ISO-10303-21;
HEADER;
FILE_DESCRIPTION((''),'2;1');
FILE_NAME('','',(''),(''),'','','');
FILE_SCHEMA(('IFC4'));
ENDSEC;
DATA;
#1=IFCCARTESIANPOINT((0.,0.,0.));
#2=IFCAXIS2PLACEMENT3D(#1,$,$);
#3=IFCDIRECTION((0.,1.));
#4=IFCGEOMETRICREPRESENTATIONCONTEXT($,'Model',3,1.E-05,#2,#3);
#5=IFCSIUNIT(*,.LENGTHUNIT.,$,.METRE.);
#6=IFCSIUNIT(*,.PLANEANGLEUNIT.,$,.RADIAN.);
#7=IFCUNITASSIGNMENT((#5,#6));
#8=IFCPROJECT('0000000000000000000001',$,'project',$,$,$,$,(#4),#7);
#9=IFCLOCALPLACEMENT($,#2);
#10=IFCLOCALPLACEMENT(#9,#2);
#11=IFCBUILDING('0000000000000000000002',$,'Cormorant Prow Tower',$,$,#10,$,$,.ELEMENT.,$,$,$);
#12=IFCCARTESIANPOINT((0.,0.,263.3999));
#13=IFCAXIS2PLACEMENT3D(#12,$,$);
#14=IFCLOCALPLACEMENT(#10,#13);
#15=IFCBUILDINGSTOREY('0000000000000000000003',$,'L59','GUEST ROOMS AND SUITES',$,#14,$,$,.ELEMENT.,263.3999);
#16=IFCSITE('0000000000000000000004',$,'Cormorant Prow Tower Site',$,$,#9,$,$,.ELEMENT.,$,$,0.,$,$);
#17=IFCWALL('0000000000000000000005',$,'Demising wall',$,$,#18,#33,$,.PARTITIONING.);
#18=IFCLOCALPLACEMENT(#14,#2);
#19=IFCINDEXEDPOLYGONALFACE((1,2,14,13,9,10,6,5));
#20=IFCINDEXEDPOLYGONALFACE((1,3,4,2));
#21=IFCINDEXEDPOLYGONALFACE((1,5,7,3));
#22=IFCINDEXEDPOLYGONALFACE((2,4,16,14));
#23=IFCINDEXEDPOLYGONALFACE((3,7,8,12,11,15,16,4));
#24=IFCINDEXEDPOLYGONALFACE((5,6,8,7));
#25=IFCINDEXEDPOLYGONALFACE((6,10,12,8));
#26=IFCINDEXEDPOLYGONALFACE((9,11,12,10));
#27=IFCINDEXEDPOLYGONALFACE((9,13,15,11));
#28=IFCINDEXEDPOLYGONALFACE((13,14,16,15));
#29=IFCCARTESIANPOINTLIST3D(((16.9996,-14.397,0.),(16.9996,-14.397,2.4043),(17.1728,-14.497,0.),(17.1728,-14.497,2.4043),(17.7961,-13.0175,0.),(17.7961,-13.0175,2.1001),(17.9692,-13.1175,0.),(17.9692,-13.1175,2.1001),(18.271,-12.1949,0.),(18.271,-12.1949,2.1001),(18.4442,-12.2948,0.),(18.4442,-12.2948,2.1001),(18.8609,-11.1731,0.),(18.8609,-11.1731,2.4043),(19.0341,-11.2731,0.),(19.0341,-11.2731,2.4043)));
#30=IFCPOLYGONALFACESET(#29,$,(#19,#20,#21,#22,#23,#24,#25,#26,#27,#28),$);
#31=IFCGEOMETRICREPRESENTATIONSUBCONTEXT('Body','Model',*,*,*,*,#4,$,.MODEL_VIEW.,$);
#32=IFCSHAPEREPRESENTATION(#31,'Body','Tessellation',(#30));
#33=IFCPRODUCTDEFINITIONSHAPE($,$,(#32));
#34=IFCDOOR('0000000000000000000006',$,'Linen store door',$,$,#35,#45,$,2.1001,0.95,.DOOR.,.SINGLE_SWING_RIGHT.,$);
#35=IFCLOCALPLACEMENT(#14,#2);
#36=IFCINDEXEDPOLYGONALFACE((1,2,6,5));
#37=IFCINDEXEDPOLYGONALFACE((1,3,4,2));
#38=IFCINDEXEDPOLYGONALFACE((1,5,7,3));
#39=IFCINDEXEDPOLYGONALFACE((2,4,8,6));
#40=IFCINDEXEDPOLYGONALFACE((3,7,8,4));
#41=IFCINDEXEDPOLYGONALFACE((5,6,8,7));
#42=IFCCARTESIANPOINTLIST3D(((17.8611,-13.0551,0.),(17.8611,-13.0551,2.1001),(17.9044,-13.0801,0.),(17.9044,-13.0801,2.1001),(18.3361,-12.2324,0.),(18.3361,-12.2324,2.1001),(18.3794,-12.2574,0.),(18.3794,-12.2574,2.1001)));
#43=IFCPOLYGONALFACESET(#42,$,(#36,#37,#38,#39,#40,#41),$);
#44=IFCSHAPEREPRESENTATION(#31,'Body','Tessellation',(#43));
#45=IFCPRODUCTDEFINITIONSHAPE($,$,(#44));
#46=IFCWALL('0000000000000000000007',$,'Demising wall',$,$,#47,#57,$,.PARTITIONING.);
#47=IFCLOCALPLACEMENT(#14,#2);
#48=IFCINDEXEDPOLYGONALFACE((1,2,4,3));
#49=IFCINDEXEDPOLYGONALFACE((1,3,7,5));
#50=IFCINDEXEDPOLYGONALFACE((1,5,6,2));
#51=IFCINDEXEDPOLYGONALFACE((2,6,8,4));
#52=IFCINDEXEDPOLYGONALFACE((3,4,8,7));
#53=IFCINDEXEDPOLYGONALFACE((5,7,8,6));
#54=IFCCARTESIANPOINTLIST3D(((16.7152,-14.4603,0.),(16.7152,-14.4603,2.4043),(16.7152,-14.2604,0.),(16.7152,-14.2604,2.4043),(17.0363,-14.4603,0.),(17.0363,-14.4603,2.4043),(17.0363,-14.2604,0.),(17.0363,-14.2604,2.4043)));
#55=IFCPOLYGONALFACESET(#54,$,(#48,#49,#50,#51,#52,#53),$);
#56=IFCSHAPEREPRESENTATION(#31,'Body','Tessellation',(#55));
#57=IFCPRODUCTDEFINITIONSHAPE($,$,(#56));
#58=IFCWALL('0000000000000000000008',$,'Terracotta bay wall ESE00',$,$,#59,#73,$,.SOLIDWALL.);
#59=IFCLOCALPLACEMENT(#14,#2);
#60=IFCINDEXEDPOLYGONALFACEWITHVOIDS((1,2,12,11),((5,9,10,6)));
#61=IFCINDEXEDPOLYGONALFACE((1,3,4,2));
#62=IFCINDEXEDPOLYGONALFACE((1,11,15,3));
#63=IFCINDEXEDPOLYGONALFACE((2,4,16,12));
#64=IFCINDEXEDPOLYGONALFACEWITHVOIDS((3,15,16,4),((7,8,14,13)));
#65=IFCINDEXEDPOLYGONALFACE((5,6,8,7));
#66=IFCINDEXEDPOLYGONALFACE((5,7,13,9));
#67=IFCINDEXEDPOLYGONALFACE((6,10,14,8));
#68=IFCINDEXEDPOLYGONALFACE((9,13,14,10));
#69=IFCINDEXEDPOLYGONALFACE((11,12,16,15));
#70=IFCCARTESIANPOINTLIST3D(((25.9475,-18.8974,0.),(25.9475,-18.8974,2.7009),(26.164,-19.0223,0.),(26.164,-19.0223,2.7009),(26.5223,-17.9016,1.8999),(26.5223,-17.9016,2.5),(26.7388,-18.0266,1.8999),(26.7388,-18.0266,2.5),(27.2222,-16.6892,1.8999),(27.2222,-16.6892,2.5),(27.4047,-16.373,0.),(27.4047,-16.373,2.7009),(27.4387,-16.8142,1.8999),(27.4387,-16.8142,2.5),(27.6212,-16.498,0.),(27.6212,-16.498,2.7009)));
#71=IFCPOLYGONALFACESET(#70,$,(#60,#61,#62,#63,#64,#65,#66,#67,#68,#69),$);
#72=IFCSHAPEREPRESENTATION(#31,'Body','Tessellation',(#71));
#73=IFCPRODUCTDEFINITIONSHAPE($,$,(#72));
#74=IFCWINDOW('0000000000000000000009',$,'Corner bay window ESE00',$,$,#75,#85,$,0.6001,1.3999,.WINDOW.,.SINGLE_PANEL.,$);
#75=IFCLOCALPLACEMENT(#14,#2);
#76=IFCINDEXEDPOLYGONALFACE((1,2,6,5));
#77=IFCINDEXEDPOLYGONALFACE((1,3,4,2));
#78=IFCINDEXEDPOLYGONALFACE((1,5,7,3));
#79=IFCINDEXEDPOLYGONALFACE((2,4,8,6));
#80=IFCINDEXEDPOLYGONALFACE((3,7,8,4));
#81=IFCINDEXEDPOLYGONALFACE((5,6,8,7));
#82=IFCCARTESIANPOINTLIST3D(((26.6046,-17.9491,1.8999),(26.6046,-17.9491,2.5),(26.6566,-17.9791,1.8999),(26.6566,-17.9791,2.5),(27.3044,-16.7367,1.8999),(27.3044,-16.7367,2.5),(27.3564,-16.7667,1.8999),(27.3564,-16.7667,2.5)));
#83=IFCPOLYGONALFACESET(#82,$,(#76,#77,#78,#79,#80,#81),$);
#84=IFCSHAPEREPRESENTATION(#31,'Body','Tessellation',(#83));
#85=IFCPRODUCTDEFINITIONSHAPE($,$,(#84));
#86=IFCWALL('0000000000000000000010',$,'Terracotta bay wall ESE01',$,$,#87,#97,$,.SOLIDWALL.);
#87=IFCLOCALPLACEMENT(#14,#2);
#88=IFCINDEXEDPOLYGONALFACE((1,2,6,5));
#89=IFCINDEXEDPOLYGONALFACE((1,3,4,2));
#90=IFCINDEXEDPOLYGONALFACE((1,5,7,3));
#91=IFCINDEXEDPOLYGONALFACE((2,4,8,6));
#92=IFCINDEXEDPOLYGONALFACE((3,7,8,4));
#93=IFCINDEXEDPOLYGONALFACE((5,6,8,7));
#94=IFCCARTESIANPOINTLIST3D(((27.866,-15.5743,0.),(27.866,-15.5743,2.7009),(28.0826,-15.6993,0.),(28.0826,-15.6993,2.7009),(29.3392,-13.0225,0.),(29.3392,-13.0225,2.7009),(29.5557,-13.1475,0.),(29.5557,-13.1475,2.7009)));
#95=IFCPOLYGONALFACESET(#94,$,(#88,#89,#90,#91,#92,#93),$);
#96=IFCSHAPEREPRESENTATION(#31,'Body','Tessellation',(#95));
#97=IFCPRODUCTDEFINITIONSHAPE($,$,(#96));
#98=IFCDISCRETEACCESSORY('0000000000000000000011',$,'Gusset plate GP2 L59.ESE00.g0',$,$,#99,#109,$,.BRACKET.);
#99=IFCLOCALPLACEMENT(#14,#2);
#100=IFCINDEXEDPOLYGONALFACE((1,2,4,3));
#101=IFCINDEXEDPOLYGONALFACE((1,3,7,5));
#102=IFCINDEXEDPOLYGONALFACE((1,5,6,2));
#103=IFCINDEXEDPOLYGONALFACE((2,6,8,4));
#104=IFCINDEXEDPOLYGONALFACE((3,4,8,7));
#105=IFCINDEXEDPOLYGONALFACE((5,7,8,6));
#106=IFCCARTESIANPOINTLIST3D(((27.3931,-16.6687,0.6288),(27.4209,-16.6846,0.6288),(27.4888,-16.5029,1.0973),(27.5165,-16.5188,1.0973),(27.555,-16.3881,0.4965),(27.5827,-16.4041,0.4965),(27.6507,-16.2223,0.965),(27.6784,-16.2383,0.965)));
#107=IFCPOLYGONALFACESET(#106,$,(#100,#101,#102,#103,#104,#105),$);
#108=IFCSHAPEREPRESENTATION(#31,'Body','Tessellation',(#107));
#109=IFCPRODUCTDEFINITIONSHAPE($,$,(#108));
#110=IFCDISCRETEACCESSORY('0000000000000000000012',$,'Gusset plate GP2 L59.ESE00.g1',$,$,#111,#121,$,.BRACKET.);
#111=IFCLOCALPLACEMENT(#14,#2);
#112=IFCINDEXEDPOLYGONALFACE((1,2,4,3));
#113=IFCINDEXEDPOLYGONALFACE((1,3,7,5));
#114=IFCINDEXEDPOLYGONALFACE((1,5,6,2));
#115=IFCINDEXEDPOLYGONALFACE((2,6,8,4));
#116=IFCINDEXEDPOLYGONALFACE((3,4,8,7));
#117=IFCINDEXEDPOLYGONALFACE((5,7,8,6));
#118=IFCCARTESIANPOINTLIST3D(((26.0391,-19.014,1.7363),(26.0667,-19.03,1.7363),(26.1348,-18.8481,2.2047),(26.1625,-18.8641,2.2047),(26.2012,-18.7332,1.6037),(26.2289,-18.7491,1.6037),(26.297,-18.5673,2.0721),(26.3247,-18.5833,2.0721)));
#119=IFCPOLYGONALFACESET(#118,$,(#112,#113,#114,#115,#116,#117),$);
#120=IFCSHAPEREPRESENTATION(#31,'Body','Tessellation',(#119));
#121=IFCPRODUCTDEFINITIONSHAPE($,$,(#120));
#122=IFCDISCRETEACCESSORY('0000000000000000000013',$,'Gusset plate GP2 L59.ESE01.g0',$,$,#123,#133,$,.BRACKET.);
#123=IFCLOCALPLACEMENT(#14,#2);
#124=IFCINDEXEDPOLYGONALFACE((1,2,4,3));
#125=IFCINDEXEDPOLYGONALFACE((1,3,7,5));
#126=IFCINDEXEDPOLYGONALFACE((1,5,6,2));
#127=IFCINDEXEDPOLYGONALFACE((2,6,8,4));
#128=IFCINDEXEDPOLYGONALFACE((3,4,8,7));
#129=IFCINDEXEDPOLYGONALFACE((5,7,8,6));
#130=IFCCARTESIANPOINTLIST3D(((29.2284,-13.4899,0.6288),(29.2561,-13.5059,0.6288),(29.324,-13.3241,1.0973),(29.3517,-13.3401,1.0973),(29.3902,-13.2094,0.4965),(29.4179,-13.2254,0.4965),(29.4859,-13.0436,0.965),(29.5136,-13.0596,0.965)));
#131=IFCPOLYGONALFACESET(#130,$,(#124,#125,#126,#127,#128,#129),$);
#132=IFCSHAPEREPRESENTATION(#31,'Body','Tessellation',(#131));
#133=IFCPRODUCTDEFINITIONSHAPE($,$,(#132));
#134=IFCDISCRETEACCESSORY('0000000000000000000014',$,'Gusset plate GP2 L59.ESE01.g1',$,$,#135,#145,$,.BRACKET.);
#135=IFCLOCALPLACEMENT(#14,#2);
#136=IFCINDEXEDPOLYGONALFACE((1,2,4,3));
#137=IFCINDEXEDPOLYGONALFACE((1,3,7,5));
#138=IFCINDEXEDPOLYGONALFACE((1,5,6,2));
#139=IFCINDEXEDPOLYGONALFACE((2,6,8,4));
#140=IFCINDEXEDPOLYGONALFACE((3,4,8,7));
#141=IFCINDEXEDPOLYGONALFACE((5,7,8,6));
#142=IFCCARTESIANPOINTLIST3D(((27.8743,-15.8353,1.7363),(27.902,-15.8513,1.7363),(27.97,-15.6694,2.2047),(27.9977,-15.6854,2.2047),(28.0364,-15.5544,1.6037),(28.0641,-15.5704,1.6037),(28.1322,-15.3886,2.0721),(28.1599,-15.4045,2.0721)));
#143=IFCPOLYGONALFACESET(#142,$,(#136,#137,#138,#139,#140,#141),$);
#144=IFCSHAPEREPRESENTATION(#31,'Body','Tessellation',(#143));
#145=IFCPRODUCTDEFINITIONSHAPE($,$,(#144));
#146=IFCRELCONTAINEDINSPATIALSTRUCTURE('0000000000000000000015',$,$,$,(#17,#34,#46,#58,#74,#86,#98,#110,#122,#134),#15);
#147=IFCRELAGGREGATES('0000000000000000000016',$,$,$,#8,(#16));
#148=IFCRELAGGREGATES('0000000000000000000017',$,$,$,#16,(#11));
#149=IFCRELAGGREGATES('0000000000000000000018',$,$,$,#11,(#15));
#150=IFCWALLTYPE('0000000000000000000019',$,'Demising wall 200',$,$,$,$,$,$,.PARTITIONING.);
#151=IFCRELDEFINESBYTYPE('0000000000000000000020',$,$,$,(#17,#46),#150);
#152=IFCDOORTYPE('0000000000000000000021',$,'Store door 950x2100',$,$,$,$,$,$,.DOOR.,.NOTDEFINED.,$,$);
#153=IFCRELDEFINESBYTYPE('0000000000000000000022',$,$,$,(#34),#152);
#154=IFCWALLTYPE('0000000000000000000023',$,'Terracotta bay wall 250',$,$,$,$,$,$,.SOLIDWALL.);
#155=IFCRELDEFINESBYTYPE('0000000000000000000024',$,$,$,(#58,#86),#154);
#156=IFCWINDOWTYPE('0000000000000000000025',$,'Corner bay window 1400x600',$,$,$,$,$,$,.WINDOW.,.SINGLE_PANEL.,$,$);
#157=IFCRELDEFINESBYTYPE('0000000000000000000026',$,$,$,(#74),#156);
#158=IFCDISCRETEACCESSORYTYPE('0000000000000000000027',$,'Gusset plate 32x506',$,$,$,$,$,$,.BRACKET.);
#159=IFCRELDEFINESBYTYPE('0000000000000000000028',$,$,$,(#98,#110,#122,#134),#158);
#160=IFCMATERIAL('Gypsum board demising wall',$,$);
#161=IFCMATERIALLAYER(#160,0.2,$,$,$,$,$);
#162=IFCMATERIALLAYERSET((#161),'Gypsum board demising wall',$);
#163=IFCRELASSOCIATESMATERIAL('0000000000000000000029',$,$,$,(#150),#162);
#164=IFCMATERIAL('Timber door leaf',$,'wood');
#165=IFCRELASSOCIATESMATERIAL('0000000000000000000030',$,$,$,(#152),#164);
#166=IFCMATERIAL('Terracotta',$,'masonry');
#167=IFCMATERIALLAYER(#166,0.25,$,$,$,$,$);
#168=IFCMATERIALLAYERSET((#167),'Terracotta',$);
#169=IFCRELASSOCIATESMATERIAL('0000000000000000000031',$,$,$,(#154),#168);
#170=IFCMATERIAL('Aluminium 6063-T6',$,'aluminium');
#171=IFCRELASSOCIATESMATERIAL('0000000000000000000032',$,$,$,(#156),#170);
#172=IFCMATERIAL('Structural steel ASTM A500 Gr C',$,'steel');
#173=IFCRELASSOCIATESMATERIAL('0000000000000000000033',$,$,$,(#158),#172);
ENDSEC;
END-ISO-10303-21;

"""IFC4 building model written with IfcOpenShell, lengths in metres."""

from ifc_helpers import new_model, si_unit, direction, frame, frame_2d, origin, origin_2d, place, context, subcontext, project, spatial, rectangle, extrude, material, layer, layer_set, material_profile, profile_set, type_object, element, fill, save


model = new_model("IFC4")

# Units and contexts
model_context = context("Model", 3, precision=1e-05, world=origin(), true_north=direction((0.0, 1.0)))
body_context = subcontext(model_context, "Body", "Model", "MODEL_VIEW")
ifc_project = project(units=[si_unit("LENGTHUNIT", "METRE"), si_unit("PLANEANGLEUNIT", "RADIAN")], contexts=[model_context])

# Site, building, storey
site_placement = place(None, origin())
site = spatial("IfcSite", under=ifc_project, at=site_placement, Name="Cormorant Prow Tower Site", CompositionType="ELEMENT", RefElevation=0.0)
building_placement = place(site_placement, origin())
building = spatial("IfcBuilding", under=site, at=building_placement, Name="Cormorant Prow Tower", CompositionType="ELEMENT")
storey_placement = place(building_placement, frame((0.0, 0.0, 263.3999)))
storey = spatial("IfcBuildingStorey", under=building, at=storey_placement, Name="L59", Description="GUEST ROOMS AND SUITES", CompositionType="ELEMENT", Elevation=263.3999)

# Wall, opening, door
ifc_material_1 = material(Name="Gypsum board demising wall")
ifc_layer_1 = layer(ifc_material_1, 0.2)
ifc_layer_set_1 = layer_set([ifc_layer_1], Name="Gypsum board demising wall")
wall_type_1 = type_object("IfcWallType", Name="Demising wall 200", PredefinedType="PARTITIONING", material=ifc_layer_set_1)
wall_1_placement = place(storey_placement, frame((17.0862, -14.447, 0.0), z_axis=(0.0, 0.0, 1.0), x_axis=(0.500004, 0.866023, 0.0)))
wall_1 = element("IfcWall", 1, at=wall_1_placement, inside=storey, type_object=wall_type_1, Name="Demising wall", PredefinedType="PARTITIONING", context=body_context, shape_type="SweptSolid", body=[
    extrude(rectangle(XDim=3.7227, YDim=0.2, at=frame_2d((1.8613, 0.0))), origin(), (0.0, 0.0, 1.0), 2.4043),
])
opening_1_placement = place(wall_1_placement, frame((1.5928, 0.0, 0.0)))
opening_1 = element("IfcOpeningElement", 2, at=opening_1_placement, cuts=wall_1, PredefinedType="OPENING", context=body_context, shape_type="SweptSolid", body=[
    extrude(rectangle(XDim=0.95, YDim=2.1001, at=frame_2d((0.4751, 1.05))), frame((0.0, 0.1099, 0.0), z_axis=(0.0, -1.0, 0.0), x_axis=(1.0, 0.0, 0.0)), (0.0, 0.0, 1.0), 0.22),
])
ifc_material_2 = material(Name="Timber door leaf", Category="wood")
door_type_1 = type_object("IfcDoorType", Name="Store door 950x2100", OperationType="NOTDEFINED", PredefinedType="DOOR", material=ifc_material_2)
door_1_placement = place(opening_1_placement, origin())
door_1 = element("IfcDoor", 3, at=door_1_placement, inside=storey, type_object=door_type_1, Name="Linen store door", OperationType="SINGLE_SWING_RIGHT", OverallHeight=2.1001, OverallWidth=0.95, PredefinedType="DOOR", context=body_context, shape_type="SweptSolid", body=[
    extrude(rectangle(XDim=0.95, YDim=2.1001, at=frame_2d((0.4751, 1.05))), frame((0.0, 0.0249, 0.0), z_axis=(0.0, -1.0, 0.0), x_axis=(1.0, 0.0, 0.0)), (0.0, 0.0, 1.0), 0.05),
])
fill(opening_1, door_1)

# Wall
wall_2_placement = place(storey_placement, frame((16.7151, -14.3604, 0.0), z_axis=(0.0, 0.0, 1.0), x_axis=(1.0, 0.0, 0.0)))
element("IfcWall", 4, at=wall_2_placement, inside=storey, type_object=wall_type_1, Name="Demising wall", PredefinedType="PARTITIONING", context=body_context, shape_type="SweptSolid", body=[
    extrude(rectangle(XDim=0.321, YDim=0.2, at=frame_2d((0.1606, 0.0))), origin(), (0.0, 0.0, 1.0), 2.4043),
])

# Wall, opening, window
ifc_material_3 = material(Name="Terracotta", Category="masonry")
ifc_layer_2 = layer(ifc_material_3, 0.25)
ifc_layer_set_2 = layer_set([ifc_layer_2], Name="Terracotta")
wall_type_2 = type_object("IfcWallType", Name="Terracotta bay wall 250", PredefinedType="SOLIDWALL", material=ifc_layer_set_2)
wall_3_placement = place(storey_placement, frame((26.0557, -18.96, 0.0), z_axis=(0.0, 0.0, 1.0), x_axis=(0.49995, 0.866054, 0.0)))
wall_3 = element("IfcWall", 5, at=wall_3_placement, inside=storey, type_object=wall_type_2, Name="Terracotta bay wall ESE00", PredefinedType="SOLIDWALL", context=body_context, shape_type="SweptSolid", body=[
    extrude(rectangle(XDim=2.9148, YDim=0.25, at=frame_2d((1.4575, 0.0))), origin(), (0.0, 0.0, 1.0), 2.7009),
])
opening_2_placement = place(wall_3_placement, frame((1.1499, 0.0, 1.8999)))
opening_2 = element("IfcOpeningElement", 6, at=opening_2_placement, cuts=wall_3, PredefinedType="OPENING", context=body_context, shape_type="SweptSolid", body=[
    extrude(rectangle(XDim=1.3999, YDim=0.6001, at=frame_2d((0.7, 0.3))), frame((0.0, 0.135, 0.0), z_axis=(0.0, -1.0, 0.0), x_axis=(1.0, 0.0, 0.0)), (0.0, 0.0, 1.0), 0.27),
])
ifc_material_4 = material(Name="Aluminium 6063-T6", Category="aluminium")
window_type = type_object("IfcWindowType", Name="Corner bay window 1400x600", PartitioningType="SINGLE_PANEL", PredefinedType="WINDOW", material=ifc_material_4)
window_placement = place(opening_2_placement, origin())
window = element("IfcWindow", 7, at=window_placement, inside=storey, type_object=window_type, Name="Corner bay window ESE00", OverallHeight=0.6001, OverallWidth=1.3999, PartitioningType="SINGLE_PANEL", PredefinedType="WINDOW", context=body_context, shape_type="SweptSolid", body=[
    extrude(rectangle(XDim=1.3999, YDim=0.6001, at=frame_2d((0.7, 0.3))), frame((0.0, 0.03, 0.0), z_axis=(0.0, -1.0, 0.0), x_axis=(1.0, 0.0, 0.0)), (0.0, 0.0, 1.0), 0.0601),
])
fill(opening_2, window)

# Wall
wall_4_placement = place(storey_placement, frame((27.9744, -15.6367, 0.0), z_axis=(0.0, 0.0, 1.0), x_axis=(0.499971, 0.866042, 0.0)))
element("IfcWall", 8, at=wall_4_placement, inside=storey, type_object=wall_type_2, Name="Terracotta bay wall ESE01", PredefinedType="SOLIDWALL", context=body_context, shape_type="SweptSolid", body=[
    extrude(rectangle(XDim=2.9465, YDim=0.25, at=frame_2d((1.4731, 0.0))), origin(), (0.0, 0.0, 1.0), 2.7009),
])

# Discrete accessories
ifc_material_5 = material(Name="Structural steel ASTM A500 Gr C", Category="steel")
ifc_material_profile_1 = material_profile(ifc_material_5, rectangle(XDim=0.032, YDim=0.5061, at=origin_2d()), Name="Gusset plate 32x506")
ifc_profile_set_1 = profile_set([ifc_material_profile_1], Name="Structural steel ASTM A500 Gr C")
discrete_accessory_type = type_object("IfcDiscreteAccessoryType", Name="Gusset plate 32x506", PredefinedType="BRACKET", material=ifc_profile_set_1)
discrete_accessory_1_placement = place(storey_placement, frame((27.4548, -16.5938, 0.863), z_axis=(0.462661, 0.801806, -0.378223), x_axis=(-0.866148, 0.499788, 0.0)))
element("IfcDiscreteAccessory", 9, at=discrete_accessory_1_placement, inside=storey, type_object=discrete_accessory_type, Name="Gusset plate GP2 L59.ESE00.g0", PredefinedType="BRACKET", context=body_context, shape_type="SweptSolid", body=[
    extrude(rectangle(XDim=0.032, YDim=0.5061, at=origin_2d()), origin(), (0.0, 0.0, 1.0), 0.3499),
])
discrete_accessory_2_placement = place(storey_placement, frame((26.2629, -18.6582, 1.8379), z_axis=(-0.462828, -0.801584, 0.378487), x_axis=(0.86601, -0.500027, 0.0)))
element("IfcDiscreteAccessory", 10, at=discrete_accessory_2_placement, inside=storey, type_object=discrete_accessory_type, Name="Gusset plate GP2 L59.ESE00.g1", PredefinedType="BRACKET", context=body_context, shape_type="SweptSolid", body=[
    extrude(rectangle(XDim=0.032, YDim=0.5061, at=origin_2d()), origin(), (0.0, 0.0, 1.0), 0.3503),
])
discrete_accessory_3_placement = place(storey_placement, frame((29.29, -13.415, 0.863), z_axis=(0.462661, 0.801806, -0.378223), x_axis=(-0.866148, 0.499788, 0.0)))
element("IfcDiscreteAccessory", 11, at=discrete_accessory_3_placement, inside=storey, type_object=discrete_accessory_type, Name="Gusset plate GP2 L59.ESE01.g0", PredefinedType="BRACKET", context=body_context, shape_type="SweptSolid", body=[
    extrude(rectangle(XDim=0.032, YDim=0.5061, at=origin_2d()), origin(), (0.0, 0.0, 1.0), 0.3499),
])
discrete_accessory_4_placement = place(storey_placement, frame((28.0981, -15.4795, 1.8379), z_axis=(-0.462828, -0.801584, 0.378487), x_axis=(0.86601, -0.500027, 0.0)))
element("IfcDiscreteAccessory", 12, at=discrete_accessory_4_placement, inside=storey, type_object=discrete_accessory_type, Name="Gusset plate GP2 L59.ESE01.g1", PredefinedType="BRACKET", context=body_context, shape_type="SweptSolid", body=[
    extrude(rectangle(XDim=0.032, YDim=0.5061, at=origin_2d()), origin(), (0.0, 0.0, 1.0), 0.3503),
])

save(model, "model.ifc")
